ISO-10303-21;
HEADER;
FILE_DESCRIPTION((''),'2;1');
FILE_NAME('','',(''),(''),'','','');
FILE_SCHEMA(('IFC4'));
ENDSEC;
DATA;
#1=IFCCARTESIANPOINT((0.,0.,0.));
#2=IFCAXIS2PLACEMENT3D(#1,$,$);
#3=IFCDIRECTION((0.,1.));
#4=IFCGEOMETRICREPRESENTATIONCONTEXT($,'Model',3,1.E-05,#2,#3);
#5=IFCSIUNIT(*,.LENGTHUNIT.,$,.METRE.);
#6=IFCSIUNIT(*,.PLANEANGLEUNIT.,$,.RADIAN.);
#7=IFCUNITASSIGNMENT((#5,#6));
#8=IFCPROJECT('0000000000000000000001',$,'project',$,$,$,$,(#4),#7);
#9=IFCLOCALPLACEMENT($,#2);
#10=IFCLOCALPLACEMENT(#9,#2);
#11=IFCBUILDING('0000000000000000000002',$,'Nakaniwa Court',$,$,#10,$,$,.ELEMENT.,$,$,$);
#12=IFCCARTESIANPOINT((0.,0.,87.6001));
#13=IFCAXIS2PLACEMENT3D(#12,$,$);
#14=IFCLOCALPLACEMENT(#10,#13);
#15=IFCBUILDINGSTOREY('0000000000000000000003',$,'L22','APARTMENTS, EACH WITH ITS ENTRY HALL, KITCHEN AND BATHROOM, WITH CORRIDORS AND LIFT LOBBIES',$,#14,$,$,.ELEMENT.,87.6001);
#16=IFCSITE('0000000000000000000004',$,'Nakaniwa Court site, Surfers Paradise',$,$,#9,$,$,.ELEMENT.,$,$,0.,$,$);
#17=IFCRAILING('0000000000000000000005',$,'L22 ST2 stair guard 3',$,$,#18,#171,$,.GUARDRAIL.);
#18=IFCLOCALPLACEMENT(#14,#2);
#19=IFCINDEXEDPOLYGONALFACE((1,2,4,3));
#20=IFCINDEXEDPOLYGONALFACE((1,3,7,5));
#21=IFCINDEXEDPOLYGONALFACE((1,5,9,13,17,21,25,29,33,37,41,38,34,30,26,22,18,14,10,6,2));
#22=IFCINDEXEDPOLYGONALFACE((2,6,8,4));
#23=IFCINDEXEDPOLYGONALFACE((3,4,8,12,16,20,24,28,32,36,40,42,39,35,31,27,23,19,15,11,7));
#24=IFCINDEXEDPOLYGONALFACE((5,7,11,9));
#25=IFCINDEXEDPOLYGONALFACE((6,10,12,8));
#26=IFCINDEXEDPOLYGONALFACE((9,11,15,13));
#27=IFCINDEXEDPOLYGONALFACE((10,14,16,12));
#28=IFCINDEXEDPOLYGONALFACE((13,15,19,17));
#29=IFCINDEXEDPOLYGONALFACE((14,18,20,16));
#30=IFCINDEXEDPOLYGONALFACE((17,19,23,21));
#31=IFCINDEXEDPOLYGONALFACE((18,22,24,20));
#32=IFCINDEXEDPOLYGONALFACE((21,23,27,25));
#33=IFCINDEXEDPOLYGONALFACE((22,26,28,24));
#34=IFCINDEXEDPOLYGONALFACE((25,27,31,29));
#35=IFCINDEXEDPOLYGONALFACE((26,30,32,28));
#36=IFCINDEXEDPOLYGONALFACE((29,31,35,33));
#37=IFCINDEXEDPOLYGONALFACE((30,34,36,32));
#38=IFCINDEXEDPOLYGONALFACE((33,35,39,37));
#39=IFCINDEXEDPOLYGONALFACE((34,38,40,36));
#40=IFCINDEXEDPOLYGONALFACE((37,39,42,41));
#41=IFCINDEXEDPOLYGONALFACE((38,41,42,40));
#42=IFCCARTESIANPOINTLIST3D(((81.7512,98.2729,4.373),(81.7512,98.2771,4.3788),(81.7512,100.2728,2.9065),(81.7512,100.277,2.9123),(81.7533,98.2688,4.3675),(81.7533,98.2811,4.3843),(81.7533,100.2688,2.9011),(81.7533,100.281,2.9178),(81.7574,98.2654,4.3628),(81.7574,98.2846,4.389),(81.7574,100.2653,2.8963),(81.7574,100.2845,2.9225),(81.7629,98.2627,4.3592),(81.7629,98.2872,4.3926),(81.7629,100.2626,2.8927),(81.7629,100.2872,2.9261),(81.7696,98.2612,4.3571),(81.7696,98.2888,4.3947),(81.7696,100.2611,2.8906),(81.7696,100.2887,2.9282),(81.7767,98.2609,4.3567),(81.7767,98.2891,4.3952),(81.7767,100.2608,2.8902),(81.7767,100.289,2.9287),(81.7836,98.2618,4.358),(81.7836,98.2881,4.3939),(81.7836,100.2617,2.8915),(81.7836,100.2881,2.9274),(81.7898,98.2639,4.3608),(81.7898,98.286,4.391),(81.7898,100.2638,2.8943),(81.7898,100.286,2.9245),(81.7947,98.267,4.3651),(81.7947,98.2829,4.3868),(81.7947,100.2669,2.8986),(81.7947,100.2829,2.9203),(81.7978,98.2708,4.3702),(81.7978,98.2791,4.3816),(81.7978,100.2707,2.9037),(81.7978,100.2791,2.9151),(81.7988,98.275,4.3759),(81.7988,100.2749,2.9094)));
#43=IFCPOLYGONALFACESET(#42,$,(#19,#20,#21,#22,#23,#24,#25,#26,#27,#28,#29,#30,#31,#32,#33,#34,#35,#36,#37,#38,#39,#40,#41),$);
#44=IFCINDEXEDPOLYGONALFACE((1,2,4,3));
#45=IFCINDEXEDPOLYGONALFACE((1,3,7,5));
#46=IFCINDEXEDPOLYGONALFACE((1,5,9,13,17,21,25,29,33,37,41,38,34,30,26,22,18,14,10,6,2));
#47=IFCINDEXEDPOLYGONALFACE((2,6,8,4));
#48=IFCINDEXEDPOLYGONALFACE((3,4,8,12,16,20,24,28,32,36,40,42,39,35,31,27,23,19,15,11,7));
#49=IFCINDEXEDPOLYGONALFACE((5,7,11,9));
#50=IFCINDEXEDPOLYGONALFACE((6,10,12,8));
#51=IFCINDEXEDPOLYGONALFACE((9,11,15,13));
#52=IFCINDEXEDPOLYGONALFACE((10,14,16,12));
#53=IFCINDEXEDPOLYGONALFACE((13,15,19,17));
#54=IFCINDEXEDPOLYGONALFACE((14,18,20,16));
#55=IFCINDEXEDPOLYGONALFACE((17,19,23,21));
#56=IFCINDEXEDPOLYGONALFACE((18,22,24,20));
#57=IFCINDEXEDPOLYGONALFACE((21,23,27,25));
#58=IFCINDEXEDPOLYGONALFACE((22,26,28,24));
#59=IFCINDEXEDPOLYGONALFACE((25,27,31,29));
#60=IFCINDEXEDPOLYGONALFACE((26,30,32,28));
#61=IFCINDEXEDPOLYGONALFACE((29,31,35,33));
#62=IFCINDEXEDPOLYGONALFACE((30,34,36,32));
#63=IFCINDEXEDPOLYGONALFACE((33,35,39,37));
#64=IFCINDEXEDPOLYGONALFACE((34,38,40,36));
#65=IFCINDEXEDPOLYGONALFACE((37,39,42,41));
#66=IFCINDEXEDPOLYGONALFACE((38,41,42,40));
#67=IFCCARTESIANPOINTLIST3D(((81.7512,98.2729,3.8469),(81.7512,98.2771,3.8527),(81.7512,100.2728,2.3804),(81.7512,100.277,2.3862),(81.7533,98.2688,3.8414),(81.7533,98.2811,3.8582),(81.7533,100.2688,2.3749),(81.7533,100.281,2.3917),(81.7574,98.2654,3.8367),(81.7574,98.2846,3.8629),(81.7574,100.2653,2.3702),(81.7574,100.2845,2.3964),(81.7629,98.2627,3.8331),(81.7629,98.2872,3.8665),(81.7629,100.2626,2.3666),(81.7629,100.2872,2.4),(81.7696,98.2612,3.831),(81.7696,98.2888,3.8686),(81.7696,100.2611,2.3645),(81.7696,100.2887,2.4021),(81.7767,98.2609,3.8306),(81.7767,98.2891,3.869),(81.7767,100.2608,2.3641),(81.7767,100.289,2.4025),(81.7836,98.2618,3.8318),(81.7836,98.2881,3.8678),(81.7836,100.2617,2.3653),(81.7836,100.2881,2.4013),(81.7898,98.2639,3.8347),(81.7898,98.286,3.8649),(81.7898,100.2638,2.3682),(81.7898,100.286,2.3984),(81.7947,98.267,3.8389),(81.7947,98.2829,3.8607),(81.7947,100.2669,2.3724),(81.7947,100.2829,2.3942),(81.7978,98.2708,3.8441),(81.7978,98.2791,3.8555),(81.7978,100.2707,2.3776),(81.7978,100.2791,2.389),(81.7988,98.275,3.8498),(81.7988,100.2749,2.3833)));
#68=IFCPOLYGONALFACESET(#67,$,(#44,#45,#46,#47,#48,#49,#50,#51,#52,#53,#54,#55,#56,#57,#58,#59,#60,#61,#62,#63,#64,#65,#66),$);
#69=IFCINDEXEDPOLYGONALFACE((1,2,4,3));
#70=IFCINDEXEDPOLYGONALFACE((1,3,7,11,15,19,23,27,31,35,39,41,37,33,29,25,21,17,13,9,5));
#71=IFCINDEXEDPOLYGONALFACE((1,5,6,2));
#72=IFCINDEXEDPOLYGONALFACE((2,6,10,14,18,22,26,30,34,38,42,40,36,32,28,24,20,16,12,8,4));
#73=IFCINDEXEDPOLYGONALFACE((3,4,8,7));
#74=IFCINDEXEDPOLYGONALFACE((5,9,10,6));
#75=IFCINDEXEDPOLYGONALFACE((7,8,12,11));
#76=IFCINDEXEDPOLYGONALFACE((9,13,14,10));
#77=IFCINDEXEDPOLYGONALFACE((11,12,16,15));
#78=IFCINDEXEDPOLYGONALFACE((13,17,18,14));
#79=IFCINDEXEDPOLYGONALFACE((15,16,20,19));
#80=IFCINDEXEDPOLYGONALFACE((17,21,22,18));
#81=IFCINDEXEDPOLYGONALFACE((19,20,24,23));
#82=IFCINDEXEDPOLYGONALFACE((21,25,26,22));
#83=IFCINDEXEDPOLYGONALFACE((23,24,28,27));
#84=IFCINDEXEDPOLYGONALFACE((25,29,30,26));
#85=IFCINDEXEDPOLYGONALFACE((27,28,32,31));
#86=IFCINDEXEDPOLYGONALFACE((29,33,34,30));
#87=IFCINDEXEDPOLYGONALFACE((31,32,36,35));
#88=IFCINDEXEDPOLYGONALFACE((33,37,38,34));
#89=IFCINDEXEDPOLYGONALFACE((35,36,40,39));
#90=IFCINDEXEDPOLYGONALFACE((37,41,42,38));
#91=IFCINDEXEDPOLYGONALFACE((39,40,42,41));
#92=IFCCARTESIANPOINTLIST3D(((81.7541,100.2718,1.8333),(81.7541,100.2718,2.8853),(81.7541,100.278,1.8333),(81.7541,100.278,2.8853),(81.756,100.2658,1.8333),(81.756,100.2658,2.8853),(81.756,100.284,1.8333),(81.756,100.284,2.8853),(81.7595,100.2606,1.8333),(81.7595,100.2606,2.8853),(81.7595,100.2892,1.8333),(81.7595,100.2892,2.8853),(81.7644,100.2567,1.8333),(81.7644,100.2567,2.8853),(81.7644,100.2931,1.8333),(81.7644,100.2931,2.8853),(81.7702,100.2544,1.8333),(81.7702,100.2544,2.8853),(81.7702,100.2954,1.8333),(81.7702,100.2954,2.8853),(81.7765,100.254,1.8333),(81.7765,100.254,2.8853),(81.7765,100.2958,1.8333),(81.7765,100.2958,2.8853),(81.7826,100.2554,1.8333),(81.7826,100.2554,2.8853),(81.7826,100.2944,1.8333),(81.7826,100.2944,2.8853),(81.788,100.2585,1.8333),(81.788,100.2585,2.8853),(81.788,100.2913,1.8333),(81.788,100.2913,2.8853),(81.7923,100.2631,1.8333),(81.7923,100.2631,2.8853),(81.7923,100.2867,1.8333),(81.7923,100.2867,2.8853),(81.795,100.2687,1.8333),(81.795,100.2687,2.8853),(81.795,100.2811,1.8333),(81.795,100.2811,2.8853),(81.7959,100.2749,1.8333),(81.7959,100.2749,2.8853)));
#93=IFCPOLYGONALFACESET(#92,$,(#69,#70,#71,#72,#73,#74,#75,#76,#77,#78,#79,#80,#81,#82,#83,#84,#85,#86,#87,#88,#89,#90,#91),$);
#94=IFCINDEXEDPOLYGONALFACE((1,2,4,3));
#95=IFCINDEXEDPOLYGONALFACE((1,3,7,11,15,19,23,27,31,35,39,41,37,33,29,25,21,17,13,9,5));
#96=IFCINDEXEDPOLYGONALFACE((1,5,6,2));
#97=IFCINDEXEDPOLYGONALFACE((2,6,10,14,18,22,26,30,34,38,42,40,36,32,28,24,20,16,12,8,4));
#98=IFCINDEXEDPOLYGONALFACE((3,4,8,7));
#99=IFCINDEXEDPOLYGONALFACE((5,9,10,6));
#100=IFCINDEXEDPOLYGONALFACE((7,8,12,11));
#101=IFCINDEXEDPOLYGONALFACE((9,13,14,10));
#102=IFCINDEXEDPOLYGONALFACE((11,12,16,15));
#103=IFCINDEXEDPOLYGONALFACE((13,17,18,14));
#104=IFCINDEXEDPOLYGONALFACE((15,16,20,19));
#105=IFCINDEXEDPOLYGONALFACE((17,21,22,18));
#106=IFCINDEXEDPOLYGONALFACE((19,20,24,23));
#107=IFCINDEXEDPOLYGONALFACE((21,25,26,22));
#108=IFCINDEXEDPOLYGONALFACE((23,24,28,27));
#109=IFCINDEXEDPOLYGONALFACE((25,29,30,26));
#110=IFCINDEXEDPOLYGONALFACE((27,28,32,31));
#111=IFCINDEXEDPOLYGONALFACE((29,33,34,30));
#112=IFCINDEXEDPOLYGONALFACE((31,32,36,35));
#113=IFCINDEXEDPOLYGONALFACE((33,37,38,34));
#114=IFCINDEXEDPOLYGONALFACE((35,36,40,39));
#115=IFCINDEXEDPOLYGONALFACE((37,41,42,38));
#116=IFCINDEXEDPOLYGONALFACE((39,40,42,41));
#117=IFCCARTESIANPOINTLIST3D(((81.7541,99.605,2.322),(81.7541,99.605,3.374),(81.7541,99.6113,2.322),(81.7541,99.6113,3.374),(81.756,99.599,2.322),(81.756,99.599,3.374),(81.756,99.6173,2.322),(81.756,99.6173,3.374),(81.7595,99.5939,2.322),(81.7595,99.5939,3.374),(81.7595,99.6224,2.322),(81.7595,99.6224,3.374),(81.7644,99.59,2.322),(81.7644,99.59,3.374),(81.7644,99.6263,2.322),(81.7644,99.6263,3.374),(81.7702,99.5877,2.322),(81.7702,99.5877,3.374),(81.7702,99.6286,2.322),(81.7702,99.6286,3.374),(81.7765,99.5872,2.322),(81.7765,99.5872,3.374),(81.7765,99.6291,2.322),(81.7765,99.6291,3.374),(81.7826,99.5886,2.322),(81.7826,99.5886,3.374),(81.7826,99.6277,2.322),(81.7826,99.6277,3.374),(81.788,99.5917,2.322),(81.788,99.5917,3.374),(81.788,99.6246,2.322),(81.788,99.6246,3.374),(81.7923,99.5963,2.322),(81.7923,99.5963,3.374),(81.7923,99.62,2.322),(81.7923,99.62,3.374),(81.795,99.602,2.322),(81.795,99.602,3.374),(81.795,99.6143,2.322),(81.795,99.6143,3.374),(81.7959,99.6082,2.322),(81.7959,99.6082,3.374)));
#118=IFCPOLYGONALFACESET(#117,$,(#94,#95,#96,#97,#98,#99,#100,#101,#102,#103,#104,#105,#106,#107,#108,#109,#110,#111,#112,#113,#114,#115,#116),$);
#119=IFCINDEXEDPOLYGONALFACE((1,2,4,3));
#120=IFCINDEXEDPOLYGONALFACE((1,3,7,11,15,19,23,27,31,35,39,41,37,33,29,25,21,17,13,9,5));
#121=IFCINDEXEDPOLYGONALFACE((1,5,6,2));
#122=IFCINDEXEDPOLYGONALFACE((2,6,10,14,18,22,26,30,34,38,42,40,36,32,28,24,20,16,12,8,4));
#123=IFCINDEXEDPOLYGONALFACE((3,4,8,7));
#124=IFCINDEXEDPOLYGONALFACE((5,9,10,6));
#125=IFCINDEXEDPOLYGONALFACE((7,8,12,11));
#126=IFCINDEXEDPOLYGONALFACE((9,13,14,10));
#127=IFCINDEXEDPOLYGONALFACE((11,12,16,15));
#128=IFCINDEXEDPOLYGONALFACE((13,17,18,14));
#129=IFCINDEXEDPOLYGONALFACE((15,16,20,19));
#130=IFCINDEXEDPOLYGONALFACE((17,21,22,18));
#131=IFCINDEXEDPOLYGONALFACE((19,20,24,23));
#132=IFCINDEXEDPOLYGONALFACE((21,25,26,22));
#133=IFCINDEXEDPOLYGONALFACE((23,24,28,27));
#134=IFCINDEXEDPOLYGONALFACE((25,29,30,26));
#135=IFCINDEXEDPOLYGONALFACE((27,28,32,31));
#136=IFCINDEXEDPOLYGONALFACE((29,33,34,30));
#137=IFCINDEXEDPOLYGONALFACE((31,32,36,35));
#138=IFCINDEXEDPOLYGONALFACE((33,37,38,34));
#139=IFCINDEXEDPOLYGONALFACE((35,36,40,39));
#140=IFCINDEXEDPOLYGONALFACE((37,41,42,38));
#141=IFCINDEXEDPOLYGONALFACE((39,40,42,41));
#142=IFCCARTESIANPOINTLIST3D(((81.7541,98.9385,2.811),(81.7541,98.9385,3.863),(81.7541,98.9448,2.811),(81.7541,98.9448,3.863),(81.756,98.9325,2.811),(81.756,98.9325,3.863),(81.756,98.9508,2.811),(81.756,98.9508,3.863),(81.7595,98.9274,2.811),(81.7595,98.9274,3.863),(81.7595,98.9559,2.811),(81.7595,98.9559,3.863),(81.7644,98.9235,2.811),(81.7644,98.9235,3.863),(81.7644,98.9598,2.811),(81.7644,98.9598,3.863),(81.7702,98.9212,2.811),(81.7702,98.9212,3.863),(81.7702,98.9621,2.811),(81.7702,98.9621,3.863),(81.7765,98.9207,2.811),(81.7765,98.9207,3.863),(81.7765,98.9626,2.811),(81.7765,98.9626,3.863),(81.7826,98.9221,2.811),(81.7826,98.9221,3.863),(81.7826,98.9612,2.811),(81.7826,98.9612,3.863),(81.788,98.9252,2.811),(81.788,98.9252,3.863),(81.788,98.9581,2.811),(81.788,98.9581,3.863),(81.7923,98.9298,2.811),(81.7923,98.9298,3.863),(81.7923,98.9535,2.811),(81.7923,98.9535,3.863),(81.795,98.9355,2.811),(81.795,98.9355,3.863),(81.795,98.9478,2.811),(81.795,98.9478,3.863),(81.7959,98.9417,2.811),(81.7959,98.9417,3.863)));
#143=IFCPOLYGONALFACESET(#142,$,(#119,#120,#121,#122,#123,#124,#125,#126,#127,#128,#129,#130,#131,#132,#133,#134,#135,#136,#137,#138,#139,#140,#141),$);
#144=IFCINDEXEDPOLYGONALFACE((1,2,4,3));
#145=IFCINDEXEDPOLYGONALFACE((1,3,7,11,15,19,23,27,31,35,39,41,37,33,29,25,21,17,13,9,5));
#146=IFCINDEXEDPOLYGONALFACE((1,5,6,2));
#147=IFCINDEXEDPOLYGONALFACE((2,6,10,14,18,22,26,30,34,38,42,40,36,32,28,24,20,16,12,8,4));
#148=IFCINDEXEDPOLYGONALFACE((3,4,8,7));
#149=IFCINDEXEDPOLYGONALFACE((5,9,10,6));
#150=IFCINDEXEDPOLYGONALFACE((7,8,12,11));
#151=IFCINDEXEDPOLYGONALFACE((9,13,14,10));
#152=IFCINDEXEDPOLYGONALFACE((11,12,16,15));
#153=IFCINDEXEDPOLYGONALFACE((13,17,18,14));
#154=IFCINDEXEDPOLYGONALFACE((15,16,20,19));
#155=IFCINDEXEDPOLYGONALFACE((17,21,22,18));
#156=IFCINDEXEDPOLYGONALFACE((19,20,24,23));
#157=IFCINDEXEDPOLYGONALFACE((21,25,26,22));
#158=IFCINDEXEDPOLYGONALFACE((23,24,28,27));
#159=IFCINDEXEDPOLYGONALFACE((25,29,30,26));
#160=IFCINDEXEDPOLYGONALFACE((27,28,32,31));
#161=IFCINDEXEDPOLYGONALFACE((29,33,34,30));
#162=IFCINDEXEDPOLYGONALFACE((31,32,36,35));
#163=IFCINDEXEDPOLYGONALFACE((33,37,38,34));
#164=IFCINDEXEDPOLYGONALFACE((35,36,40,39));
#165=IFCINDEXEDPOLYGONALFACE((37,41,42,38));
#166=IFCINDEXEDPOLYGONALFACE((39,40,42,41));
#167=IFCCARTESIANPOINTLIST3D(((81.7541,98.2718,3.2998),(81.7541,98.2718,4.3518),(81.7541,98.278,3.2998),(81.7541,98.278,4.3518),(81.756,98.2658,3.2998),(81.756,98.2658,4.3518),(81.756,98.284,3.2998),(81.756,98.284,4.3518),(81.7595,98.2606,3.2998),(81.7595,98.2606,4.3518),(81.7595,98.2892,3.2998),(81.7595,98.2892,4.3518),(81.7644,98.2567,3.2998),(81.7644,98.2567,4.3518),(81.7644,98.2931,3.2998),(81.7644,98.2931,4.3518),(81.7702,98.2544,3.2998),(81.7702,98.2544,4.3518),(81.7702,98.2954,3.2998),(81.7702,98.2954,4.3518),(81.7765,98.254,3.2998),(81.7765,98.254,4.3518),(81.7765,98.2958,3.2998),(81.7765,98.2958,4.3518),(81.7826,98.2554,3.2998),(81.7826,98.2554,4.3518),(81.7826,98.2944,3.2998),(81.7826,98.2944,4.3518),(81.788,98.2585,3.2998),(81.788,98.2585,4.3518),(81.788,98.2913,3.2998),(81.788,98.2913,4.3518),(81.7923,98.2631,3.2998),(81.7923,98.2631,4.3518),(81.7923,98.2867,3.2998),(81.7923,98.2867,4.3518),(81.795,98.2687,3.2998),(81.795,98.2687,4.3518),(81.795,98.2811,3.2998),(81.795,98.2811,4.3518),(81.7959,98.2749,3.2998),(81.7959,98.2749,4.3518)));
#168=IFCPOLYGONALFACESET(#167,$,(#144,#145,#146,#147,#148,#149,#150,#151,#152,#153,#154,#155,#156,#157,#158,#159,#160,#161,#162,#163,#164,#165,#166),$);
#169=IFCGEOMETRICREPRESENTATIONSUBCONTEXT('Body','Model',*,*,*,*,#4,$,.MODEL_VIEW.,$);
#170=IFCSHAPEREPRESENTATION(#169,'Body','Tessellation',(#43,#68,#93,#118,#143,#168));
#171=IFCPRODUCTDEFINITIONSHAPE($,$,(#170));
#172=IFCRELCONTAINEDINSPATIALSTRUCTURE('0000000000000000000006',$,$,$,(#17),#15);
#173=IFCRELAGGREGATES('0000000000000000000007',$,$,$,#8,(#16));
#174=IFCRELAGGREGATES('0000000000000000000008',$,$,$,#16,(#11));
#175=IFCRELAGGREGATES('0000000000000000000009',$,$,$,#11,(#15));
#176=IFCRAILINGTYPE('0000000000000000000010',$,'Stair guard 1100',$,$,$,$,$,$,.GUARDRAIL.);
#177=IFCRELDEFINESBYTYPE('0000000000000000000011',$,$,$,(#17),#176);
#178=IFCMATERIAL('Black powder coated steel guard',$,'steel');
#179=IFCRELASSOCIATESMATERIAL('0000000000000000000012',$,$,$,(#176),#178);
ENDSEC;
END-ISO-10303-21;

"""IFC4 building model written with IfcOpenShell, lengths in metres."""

from ifc_helpers import new_model, si_unit, direction, frame, origin, origin_2d, place, context, subcontext, project, spatial, circle, extrude, material, type_object, element, save


model = new_model("IFC4")

# Units and contexts
model_context = context("Model", 3, precision=1e-05, world=origin(), true_north=direction((0.0, 1.0)))
body_context = subcontext(model_context, "Body", "Model", "MODEL_VIEW")
ifc_project = project(units=[si_unit("LENGTHUNIT", "METRE"), si_unit("PLANEANGLEUNIT", "RADIAN")], contexts=[model_context])

# Site, building, storey
site_placement = place(None, origin())
site = spatial("IfcSite", under=ifc_project, at=site_placement, Name="Nakaniwa Court site, Surfers Paradise", CompositionType="ELEMENT", RefElevation=0.0)
building_placement = place(site_placement, origin())
building = spatial("IfcBuilding", under=site, at=building_placement, Name="Nakaniwa Court", CompositionType="ELEMENT")
storey_placement = place(building_placement, frame((0.0, 0.0, 87.6001)))
storey = spatial("IfcBuildingStorey", under=building, at=storey_placement, Name="L22", Description="APARTMENTS, EACH WITH ITS ENTRY HALL, KITCHEN AND BATHROOM, WITH CORRIDORS AND LIFT LOBBIES", CompositionType="ELEMENT", Elevation=87.6001)

# Railing
ifc_material_1 = material(Name="Black powder coated steel guard", Category="steel")
railing_type_1 = type_object("IfcRailingType", Name="Stair guard 1100", PredefinedType="GUARDRAIL", material=ifc_material_1)
railing_1_placement = place(storey_placement, frame((81.7749, 100.2749, 1.8333)))
element("IfcRailing", 1, at=railing_1_placement, inside=storey, type_object=railing_type_1, Name="L22 ST2 stair guard 3", PredefinedType="GUARDRAIL", context=body_context, shape_type="SweptSolid", body=[
    extrude(circle(Radius=0.0239, at=origin_2d()), frame((0.0, 0.0, 1.0762), z_axis=(0.0, -0.806427, 0.591334), x_axis=(1.0, 0.0, 0.0)), (0.0, 0.0, 1.0), 2.48),
    extrude(circle(Radius=0.0239, at=origin_2d()), frame((0.0, 0.0, 0.55), z_axis=(0.0, -0.806427, 0.591334), x_axis=(1.0, 0.0, 0.0)), (0.0, 0.0, 1.0), 2.48),
    extrude(circle(Radius=0.021, at=origin_2d()), origin(), (0.0, 0.0, 1.0), 1.052),
    extrude(circle(Radius=0.021, at=origin_2d()), frame((0.0, -0.6667, 0.4888)), (0.0, 0.0, 1.0), 1.052),
    extrude(circle(Radius=0.021, at=origin_2d()), frame((0.0, -1.3333, 0.9778)), (0.0, 0.0, 1.0), 1.052),
    extrude(circle(Radius=0.021, at=origin_2d()), frame((0.0, -2.0, 1.4666)), (0.0, 0.0, 1.0), 1.052),
])

save(model, "model.ifc")
